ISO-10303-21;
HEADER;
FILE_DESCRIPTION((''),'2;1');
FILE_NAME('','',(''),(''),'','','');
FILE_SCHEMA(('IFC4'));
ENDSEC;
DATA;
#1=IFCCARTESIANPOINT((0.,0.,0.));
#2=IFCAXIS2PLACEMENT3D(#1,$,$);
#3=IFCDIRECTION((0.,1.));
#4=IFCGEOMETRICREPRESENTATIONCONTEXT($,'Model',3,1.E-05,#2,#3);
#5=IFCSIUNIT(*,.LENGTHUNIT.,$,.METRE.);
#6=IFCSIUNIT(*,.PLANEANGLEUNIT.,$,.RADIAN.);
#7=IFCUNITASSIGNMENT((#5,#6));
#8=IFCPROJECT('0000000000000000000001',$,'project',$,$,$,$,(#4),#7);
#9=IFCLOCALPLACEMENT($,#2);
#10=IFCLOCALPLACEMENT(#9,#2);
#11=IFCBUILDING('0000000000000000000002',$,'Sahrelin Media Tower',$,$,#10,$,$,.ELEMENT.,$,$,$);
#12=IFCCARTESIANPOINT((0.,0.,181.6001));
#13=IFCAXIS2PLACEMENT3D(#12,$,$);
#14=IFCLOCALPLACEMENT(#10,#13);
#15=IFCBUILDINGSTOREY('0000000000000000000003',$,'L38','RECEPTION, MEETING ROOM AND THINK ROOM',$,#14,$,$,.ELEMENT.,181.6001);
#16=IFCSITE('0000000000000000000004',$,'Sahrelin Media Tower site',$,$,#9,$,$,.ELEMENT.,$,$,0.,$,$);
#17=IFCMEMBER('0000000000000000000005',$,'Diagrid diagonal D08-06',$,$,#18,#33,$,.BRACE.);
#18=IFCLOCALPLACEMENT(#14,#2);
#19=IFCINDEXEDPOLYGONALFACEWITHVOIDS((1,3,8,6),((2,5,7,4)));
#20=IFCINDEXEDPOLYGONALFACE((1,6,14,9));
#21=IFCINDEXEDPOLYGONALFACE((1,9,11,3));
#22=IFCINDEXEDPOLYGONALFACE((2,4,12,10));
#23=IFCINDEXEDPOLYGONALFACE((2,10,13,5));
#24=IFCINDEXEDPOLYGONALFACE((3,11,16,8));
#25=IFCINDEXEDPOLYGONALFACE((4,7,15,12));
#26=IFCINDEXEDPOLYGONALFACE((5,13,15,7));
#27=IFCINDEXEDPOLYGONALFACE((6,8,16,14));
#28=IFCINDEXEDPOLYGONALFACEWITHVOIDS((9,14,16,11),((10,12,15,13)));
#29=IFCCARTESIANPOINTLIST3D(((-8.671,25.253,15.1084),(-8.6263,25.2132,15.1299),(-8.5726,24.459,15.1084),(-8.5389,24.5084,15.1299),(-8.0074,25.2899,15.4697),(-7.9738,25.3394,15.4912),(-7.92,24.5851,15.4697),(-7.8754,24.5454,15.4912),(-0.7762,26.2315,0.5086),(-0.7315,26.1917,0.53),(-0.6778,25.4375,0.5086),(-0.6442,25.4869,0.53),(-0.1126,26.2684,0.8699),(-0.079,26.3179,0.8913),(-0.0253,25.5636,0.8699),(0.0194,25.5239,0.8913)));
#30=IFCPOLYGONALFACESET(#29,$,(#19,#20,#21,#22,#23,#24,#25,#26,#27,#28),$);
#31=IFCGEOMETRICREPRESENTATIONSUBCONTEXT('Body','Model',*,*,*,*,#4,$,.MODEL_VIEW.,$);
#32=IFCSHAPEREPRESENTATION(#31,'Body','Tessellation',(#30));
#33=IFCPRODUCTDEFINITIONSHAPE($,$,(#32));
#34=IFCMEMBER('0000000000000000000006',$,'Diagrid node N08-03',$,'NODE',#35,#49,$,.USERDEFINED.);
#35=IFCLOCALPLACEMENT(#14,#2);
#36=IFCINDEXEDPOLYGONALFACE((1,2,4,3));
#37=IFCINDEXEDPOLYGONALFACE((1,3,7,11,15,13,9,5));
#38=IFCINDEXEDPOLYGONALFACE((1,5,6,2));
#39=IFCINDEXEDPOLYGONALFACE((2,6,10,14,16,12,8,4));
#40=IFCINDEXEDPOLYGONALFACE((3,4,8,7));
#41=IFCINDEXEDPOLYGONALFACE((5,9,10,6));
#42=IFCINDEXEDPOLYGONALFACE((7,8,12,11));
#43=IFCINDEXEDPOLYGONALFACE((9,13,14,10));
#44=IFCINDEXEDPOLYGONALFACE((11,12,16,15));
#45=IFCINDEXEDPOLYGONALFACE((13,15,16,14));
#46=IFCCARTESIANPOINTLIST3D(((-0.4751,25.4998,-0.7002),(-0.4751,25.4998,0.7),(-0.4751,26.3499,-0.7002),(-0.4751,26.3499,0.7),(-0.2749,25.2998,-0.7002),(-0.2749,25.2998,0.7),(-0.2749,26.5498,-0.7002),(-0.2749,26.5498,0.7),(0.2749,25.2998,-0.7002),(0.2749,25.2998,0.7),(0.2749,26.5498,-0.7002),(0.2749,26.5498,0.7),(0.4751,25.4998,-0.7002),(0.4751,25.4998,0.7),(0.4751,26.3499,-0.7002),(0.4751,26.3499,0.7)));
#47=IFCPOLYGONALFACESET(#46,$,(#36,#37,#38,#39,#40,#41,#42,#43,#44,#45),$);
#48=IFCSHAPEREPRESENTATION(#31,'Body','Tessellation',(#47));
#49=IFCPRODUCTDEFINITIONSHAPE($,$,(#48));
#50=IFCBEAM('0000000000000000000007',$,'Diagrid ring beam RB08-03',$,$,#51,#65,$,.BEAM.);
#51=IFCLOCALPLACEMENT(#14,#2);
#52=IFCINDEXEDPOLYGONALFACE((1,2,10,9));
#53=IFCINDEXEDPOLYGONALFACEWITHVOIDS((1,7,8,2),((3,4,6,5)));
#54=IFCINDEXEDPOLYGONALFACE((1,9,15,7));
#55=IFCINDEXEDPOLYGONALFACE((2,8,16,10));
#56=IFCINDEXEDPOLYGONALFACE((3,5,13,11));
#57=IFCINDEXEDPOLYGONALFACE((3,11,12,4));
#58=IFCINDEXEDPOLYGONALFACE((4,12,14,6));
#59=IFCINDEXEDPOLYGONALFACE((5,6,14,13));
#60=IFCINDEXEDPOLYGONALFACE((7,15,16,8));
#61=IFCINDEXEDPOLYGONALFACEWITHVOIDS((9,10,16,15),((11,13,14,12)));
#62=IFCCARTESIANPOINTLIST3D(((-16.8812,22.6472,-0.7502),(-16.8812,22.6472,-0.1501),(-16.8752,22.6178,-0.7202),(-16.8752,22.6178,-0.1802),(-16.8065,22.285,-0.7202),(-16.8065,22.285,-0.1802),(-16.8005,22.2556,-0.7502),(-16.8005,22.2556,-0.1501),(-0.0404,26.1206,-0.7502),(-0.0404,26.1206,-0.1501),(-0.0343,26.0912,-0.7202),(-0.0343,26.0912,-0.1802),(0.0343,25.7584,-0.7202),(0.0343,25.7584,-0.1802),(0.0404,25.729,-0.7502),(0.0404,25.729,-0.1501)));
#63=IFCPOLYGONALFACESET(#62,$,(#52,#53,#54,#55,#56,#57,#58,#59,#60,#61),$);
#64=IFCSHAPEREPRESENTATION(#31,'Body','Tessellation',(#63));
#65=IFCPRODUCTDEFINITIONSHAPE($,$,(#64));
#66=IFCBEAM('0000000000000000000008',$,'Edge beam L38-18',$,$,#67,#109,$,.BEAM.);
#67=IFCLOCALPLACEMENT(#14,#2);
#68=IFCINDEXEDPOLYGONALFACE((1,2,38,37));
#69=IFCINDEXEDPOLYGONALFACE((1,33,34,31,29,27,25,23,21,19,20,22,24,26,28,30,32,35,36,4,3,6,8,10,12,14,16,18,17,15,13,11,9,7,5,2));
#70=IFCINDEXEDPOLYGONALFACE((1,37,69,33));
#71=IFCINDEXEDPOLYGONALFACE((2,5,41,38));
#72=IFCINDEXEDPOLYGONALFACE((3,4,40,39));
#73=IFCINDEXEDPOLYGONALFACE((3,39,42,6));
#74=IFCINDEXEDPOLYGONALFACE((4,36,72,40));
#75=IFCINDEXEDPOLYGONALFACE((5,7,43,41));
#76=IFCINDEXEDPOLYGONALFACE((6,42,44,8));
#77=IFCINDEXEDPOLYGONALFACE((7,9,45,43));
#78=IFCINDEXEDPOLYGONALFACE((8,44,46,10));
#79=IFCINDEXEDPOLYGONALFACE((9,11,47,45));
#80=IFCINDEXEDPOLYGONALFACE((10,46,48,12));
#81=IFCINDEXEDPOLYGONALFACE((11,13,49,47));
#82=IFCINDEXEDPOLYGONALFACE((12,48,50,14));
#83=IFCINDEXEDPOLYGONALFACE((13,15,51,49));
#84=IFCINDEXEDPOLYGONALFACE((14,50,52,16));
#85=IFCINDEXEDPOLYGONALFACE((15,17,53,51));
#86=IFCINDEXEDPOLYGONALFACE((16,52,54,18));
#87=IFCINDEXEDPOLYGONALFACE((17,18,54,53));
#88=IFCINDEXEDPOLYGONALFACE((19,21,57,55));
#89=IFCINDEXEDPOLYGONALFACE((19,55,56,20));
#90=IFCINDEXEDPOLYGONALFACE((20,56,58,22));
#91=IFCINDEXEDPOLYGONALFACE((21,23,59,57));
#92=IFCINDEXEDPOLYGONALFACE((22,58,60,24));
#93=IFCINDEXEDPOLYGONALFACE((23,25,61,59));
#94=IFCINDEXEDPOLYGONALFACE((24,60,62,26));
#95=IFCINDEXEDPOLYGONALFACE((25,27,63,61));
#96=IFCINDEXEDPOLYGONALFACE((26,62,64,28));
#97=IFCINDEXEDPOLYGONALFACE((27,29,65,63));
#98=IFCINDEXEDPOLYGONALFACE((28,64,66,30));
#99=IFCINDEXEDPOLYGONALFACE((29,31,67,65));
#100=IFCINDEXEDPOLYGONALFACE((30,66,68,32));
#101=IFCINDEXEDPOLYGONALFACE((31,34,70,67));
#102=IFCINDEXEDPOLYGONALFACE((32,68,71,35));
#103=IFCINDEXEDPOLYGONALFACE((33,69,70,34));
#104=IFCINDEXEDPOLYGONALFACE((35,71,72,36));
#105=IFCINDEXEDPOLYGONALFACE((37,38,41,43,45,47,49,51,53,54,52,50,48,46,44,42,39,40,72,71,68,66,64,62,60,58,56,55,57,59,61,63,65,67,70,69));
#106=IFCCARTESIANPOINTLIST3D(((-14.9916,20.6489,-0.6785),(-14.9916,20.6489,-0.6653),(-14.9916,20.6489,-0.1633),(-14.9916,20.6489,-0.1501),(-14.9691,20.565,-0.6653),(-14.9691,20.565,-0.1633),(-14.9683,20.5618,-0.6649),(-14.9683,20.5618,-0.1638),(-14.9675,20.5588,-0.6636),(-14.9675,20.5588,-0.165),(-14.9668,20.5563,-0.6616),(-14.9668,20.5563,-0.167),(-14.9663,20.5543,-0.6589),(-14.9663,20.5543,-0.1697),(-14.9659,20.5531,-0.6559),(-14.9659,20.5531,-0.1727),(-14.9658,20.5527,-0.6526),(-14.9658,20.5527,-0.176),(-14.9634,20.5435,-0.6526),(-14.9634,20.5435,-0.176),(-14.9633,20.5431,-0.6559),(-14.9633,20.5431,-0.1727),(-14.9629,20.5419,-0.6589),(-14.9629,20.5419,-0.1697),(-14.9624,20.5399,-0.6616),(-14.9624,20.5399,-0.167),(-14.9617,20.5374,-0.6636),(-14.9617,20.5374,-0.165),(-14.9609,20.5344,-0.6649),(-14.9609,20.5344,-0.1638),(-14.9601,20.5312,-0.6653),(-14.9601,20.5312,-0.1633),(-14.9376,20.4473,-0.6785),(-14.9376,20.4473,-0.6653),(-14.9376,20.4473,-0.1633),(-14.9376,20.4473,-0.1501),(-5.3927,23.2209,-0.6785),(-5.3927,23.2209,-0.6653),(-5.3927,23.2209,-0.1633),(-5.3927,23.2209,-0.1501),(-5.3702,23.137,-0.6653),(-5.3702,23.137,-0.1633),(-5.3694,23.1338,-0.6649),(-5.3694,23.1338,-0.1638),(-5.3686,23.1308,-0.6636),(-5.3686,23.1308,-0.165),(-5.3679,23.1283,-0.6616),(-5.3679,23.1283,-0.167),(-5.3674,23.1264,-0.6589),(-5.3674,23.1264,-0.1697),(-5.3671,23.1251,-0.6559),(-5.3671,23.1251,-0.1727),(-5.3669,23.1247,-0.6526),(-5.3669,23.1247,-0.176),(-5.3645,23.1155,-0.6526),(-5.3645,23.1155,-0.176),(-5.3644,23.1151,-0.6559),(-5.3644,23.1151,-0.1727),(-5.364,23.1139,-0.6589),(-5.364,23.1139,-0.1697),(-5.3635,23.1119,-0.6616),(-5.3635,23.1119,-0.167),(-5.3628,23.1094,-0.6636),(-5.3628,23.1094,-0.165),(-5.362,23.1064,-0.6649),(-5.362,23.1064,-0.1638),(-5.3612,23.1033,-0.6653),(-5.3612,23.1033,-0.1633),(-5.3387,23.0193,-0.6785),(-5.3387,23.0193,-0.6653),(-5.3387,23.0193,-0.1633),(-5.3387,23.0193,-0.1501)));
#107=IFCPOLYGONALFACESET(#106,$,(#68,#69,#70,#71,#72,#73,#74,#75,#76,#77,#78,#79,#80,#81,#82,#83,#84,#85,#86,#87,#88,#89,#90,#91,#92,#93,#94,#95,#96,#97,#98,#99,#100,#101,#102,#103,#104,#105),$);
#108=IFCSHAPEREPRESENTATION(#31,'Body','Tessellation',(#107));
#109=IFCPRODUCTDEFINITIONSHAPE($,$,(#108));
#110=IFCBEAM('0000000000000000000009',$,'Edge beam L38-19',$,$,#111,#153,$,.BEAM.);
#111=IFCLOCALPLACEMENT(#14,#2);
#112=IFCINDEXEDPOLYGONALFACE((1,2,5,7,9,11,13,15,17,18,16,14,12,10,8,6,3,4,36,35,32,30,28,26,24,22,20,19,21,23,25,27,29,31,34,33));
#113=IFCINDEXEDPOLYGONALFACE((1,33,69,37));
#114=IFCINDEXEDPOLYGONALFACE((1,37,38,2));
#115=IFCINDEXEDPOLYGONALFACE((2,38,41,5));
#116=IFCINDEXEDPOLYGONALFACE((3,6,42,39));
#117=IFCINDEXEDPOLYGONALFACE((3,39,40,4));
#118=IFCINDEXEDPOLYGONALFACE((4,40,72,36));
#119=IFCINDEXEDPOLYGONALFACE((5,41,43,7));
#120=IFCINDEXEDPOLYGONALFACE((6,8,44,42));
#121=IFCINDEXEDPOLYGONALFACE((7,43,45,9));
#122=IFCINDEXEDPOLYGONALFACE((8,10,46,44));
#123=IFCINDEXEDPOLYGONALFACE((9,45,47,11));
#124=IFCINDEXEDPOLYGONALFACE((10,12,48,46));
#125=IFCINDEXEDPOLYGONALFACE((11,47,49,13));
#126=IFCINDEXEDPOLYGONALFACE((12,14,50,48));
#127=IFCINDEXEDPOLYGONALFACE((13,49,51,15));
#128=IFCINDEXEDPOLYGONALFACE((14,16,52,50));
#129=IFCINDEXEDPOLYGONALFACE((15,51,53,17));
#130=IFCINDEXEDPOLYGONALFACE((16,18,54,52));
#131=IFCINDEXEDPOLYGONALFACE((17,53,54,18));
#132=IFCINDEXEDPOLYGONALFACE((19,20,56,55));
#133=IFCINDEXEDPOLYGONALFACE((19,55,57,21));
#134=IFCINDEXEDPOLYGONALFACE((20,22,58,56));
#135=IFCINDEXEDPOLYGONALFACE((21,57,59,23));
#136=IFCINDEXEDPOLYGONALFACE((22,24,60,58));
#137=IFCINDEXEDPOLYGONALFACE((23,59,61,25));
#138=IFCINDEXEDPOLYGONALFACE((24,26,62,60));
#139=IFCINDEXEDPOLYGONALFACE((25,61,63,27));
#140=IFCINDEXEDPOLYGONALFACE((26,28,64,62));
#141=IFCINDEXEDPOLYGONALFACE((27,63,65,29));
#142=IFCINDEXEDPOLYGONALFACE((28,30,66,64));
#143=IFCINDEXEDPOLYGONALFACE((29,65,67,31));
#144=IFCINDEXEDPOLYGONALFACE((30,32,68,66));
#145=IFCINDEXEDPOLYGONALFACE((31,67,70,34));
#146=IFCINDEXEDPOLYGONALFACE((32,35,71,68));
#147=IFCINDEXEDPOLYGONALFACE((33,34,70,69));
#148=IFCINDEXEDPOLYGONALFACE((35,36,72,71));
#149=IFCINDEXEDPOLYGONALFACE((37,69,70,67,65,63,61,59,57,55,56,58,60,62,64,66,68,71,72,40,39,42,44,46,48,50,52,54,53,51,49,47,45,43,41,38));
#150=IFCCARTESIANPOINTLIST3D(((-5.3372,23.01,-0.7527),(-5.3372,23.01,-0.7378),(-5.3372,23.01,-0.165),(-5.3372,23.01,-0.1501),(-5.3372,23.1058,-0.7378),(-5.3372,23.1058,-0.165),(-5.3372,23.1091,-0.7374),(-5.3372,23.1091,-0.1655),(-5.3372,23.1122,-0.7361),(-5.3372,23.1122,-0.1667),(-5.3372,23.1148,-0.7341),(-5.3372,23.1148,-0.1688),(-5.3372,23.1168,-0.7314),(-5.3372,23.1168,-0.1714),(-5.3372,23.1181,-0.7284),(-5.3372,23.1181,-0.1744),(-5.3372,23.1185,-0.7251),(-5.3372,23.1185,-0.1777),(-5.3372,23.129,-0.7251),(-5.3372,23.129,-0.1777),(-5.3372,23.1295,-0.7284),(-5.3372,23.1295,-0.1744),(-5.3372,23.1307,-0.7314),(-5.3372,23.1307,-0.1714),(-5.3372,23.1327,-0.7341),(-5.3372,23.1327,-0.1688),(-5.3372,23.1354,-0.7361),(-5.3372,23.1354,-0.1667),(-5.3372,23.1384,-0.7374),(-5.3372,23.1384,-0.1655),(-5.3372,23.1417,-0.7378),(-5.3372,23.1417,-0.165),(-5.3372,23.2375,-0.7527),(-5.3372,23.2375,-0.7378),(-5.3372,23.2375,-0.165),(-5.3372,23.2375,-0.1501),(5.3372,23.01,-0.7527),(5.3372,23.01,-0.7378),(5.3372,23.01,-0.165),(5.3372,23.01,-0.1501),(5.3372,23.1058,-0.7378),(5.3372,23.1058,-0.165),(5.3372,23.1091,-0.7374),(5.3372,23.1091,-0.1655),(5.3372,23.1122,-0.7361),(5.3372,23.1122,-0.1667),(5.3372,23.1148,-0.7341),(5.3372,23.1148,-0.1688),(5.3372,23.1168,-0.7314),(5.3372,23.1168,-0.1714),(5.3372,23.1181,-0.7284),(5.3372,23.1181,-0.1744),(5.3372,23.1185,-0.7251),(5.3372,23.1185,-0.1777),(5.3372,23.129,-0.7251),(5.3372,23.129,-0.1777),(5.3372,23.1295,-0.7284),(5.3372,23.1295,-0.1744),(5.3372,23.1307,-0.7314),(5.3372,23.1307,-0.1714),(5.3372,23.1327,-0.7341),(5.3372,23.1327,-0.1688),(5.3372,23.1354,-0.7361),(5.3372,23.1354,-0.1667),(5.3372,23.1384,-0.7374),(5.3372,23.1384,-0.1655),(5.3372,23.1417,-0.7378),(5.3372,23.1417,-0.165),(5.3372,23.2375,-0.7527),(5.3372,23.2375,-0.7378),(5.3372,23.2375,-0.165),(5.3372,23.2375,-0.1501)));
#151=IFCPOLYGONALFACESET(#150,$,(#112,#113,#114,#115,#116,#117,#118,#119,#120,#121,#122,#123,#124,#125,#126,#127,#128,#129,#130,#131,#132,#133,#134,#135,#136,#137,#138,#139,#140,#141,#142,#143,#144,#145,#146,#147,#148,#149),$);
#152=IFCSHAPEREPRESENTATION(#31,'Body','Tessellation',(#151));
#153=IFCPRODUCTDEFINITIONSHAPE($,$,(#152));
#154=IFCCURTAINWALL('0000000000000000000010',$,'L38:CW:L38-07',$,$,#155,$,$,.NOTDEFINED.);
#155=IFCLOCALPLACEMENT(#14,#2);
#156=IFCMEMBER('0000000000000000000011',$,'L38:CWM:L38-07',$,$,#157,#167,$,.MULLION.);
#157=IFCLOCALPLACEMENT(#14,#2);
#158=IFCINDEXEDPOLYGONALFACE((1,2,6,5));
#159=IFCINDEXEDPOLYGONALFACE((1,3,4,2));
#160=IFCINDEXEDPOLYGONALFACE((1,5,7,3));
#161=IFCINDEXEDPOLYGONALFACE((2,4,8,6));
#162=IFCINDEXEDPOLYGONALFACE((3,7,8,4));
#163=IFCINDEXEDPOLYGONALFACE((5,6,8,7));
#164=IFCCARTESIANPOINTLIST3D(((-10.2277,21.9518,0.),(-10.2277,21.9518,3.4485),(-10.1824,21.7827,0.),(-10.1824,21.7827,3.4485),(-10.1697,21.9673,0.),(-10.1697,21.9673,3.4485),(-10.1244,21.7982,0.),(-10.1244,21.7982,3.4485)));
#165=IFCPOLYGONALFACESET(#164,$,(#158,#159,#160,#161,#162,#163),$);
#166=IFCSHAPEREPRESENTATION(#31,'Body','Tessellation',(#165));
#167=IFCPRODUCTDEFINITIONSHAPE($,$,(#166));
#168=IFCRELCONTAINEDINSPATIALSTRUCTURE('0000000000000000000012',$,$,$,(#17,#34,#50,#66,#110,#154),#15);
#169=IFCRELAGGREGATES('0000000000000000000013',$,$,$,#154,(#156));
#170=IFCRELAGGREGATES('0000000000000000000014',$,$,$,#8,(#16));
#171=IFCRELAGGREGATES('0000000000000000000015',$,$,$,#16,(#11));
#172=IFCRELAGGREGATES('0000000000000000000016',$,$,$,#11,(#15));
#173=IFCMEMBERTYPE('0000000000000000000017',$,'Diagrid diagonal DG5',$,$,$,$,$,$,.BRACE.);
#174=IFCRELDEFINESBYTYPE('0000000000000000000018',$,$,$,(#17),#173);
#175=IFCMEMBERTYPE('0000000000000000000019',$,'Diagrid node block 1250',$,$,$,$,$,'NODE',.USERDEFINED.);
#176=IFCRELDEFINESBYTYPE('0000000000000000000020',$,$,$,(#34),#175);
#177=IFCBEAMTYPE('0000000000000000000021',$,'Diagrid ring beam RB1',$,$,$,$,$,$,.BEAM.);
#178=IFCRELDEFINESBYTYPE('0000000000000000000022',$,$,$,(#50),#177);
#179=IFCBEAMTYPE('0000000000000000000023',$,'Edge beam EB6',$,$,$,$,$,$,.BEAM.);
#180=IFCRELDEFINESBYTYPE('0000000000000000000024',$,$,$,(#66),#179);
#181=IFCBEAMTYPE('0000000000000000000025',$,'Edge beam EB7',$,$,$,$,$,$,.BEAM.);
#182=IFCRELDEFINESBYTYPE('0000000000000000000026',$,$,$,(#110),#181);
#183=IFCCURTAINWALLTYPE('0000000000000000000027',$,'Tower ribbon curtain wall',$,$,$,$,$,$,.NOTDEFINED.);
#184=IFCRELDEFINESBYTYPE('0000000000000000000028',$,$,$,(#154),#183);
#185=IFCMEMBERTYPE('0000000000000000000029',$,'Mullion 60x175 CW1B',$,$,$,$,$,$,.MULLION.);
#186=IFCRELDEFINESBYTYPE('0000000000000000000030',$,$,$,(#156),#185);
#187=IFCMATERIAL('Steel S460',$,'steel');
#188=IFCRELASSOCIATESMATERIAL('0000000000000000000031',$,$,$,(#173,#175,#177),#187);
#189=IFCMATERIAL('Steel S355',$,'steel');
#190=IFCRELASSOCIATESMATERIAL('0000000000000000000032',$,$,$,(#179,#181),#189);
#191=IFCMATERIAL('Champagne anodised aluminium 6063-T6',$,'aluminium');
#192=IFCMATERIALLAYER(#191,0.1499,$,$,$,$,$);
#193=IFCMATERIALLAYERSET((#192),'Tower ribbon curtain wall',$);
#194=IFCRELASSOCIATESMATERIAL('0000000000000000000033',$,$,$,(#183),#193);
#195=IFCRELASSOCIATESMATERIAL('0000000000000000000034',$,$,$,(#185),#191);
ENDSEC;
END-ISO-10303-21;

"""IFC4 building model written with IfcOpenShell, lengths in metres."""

from ifc_helpers import new_model, si_unit, direction, frame, origin, origin_2d, place, context, subcontext, project, spatial, polyline, rectangle, hollow_rectangle, i_section, outline, extrude, material, layer, layer_set, material_profile, profile_set, type_object, element, aggregate, save


model = new_model("IFC4")

# Units and contexts
model_context = context("Model", 3, precision=1e-05, world=origin(), true_north=direction((0.0, 1.0)))
body_context = subcontext(model_context, "Body", "Model", "MODEL_VIEW")
ifc_project = project(units=[si_unit("LENGTHUNIT", "METRE"), si_unit("PLANEANGLEUNIT", "RADIAN")], contexts=[model_context])

# Site, building, storey
site_placement = place(None, origin())
site = spatial("IfcSite", under=ifc_project, at=site_placement, Name="Sahrelin Media Tower site", CompositionType="ELEMENT", RefElevation=0.0)
building_placement = place(site_placement, origin())
building = spatial("IfcBuilding", under=site, at=building_placement, Name="Sahrelin Media Tower", CompositionType="ELEMENT")
storey_placement = place(building_placement, frame((0.0, 0.0, 181.6001)))
storey = spatial("IfcBuildingStorey", under=building, at=storey_placement, Name="L38", Description="RECEPTION, MEETING ROOM AND THINK ROOM", CompositionType="ELEMENT", Elevation=181.6001)

# Members
ifc_material_1 = material(Name="Steel S460", Category="steel")
ifc_material_profile_1 = material_profile(ifc_material_1, hollow_rectangle(XDim=0.8, YDim=0.8, WallThickness=0.0449, at=origin_2d()), Name="Diagrid diagonal DG5")
ifc_profile_set_1 = profile_set([ifc_material_profile_1], Name="Steel S460")
member_type_1 = type_object("IfcMemberType", Name="Diagrid diagonal DG5", PredefinedType="BRACE", material=ifc_profile_set_1)
member_1_placement = place(storey_placement, frame((-0.3784, 25.8777, 0.7), z_axis=(-0.474831, -0.058853, 0.878107), x_axis=(0.123004, -0.992406, 0.0)))
element("IfcMember", 1, at=member_1_placement, inside=storey, type_object=member_type_1, Name="Diagrid diagonal D08-06", PredefinedType="BRACE", context=body_context, shape_type="SweptSolid", body=[
    extrude(hollow_rectangle(XDim=0.8, YDim=0.8, WallThickness=0.0449, at=origin_2d()), origin(), (0.0, 0.0, 1.0), 16.6265),
])
ifc_material_profile_2 = material_profile(ifc_material_1, outline(polyline([(0.425, -0.4751), (0.625, -0.2749), (0.625, 0.2749), (0.425, 0.4751), (-0.425, 0.4751), (-0.625, 0.2749), (-0.625, -0.2749), (-0.425, -0.4751), (0.425, -0.4751)])), Name="Diagrid node block 1250")
ifc_profile_set_2 = profile_set([ifc_material_profile_2], Name="Steel S460")
member_type_2 = type_object("IfcMemberType", Name="Diagrid node block 1250", ElementType="NODE", PredefinedType="USERDEFINED", material=ifc_profile_set_2)
member_2_placement = place(storey_placement, frame((0.0, 25.9248, -0.7002), z_axis=(0.0, 0.0, 1.0), x_axis=(0.0, 1.0, 0.0)))
element("IfcMember", 2, at=member_2_placement, inside=storey, type_object=member_type_2, Name="Diagrid node N08-03", ObjectType="NODE", PredefinedType="USERDEFINED", context=body_context, shape_type="SweptSolid", body=[
    extrude(outline(polyline([(0.425, -0.4751), (0.625, -0.2749), (0.625, 0.2749), (0.425, 0.4751), (-0.425, 0.4751), (-0.625, 0.2749), (-0.625, -0.2749), (-0.425, -0.4751), (0.425, -0.4751)])), origin(), (0.0, 0.0, 1.0), 1.4001),
])

# Beams
ifc_material_profile_3 = material_profile(ifc_material_1, hollow_rectangle(XDim=0.3999, YDim=0.6001, WallThickness=0.03, at=origin_2d()), Name="Diagrid ring beam RB1")
ifc_profile_set_3 = profile_set([ifc_material_profile_3], Name="Steel S460")
beam_type_1 = type_object("IfcBeamType", Name="Diagrid ring beam RB1", PredefinedType="BEAM", material=ifc_profile_set_3)
beam_1_placement = place(storey_placement, frame((0.0, 25.9248, -0.4502), z_axis=(-0.979386, -0.201997, 0.0), x_axis=(0.201997, -0.979386, 0.0)))
element("IfcBeam", 3, at=beam_1_placement, inside=storey, type_object=beam_type_1, Name="Diagrid ring beam RB08-03", PredefinedType="BEAM", context=body_context, shape_type="SweptSolid", body=[
    extrude(hollow_rectangle(XDim=0.3999, YDim=0.6001, WallThickness=0.03, at=origin_2d()), origin(), (0.0, 0.0, 1.0), 17.1953),
])
ifc_material_2 = material(Name="Steel S355", Category="steel")
ifc_material_profile_4 = material_profile(ifc_material_2, i_section(OverallWidth=0.2087, OverallDepth=0.5283, WebThickness=0.0095, FlangeThickness=0.0132, FilletRadius=0.0127, at=origin_2d()), Name="UB 533x210x82")
ifc_profile_set_4 = profile_set([ifc_material_profile_4], Name="Steel S355")
beam_type_2 = type_object("IfcBeamType", Name="Edge beam EB6", PredefinedType="BEAM", material=ifc_profile_set_4)
beam_2_placement = place(storey_placement, frame((-14.9646, 20.5481, -0.4143), z_axis=(0.965926, 0.25882, 0.0), x_axis=(-0.25882, 0.965926, 0.0)))
element("IfcBeam", 4, at=beam_2_placement, inside=storey, type_object=beam_type_2, Name="Edge beam L38-18", PredefinedType="BEAM", context=body_context, shape_type="SweptSolid", body=[
    extrude(i_section(OverallWidth=0.2087, OverallDepth=0.5283, WebThickness=0.0095, FlangeThickness=0.0132, FilletRadius=0.0127, at=origin_2d()), origin(), (0.0, 0.0, 1.0), 9.9375),
])
ifc_material_profile_5 = material_profile(ifc_material_2, i_section(OverallWidth=0.2275, OverallDepth=0.6025, WebThickness=0.0105, FlangeThickness=0.0149, FilletRadius=0.0127, at=origin_2d()), Name="UB 610x229x101")
ifc_profile_set_5 = profile_set([ifc_material_profile_5], Name="Steel S355")
beam_type_3 = type_object("IfcBeamType", Name="Edge beam EB7", PredefinedType="BEAM", material=ifc_profile_set_5)
beam_3_placement = place(storey_placement, frame((-5.3372, 23.1238, -0.4514), z_axis=(1.0, 0.0, 0.0), x_axis=(0.0, 1.0, 0.0)))
element("IfcBeam", 5, at=beam_3_placement, inside=storey, type_object=beam_type_3, Name="Edge beam L38-19", PredefinedType="BEAM", context=body_context, shape_type="SweptSolid", body=[
    extrude(i_section(OverallWidth=0.2275, OverallDepth=0.6025, WebThickness=0.0105, FlangeThickness=0.0149, FilletRadius=0.0127, at=origin_2d()), origin(), (0.0, 0.0, 1.0), 10.6743),
])

# Curtain wall, member
ifc_material_3 = material(Name="Champagne anodised aluminium 6063-T6", Category="aluminium")
ifc_layer_1 = layer(ifc_material_3, 0.1499)
ifc_layer_set_1 = layer_set([ifc_layer_1], Name="Tower ribbon curtain wall")
curtain_wall_type = type_object("IfcCurtainWallType", Name="Tower ribbon curtain wall", PredefinedType="NOTDEFINED", material=ifc_layer_set_1)
curtain_wall_1_placement = place(storey_placement, frame((-10.2041, 21.979, 0.0), z_axis=(0.0, 0.0, 1.0), x_axis=(1.0, 0.0, 0.0)))
curtain_wall_1 = element("IfcCurtainWall", 6, at=curtain_wall_1_placement, inside=storey, type_object=curtain_wall_type, Name="L38:CW:L38-07", PredefinedType="NOTDEFINED")
ifc_material_profile_6 = material_profile(ifc_material_3, rectangle(XDim=0.0601, YDim=0.175, at=origin_2d()), Name="Mullion 60x175")
ifc_profile_set_6 = profile_set([ifc_material_profile_6], Name="Champagne anodised aluminium 6063-T6")
member_type_3 = type_object("IfcMemberType", Name="Mullion 60x175 CW1B", PredefinedType="MULLION", material=ifc_profile_set_6)
member_3_placement = place(storey_placement, frame((-10.176, 21.875, 0.0), z_axis=(0.0, 0.0, 1.0), x_axis=(-0.965927, -0.258814, 0.0)))
member_3 = element("IfcMember", 7, at=member_3_placement, type_object=member_type_3, Name="L38:CWM:L38-07", PredefinedType="MULLION", context=body_context, shape_type="SweptSolid", body=[
    extrude(rectangle(XDim=0.0601, YDim=0.175, at=origin_2d()), origin(), (0.0, 0.0, 1.0), 3.4485),
])

aggregate(curtain_wall_1, [member_3])

save(model, "model.ifc")
